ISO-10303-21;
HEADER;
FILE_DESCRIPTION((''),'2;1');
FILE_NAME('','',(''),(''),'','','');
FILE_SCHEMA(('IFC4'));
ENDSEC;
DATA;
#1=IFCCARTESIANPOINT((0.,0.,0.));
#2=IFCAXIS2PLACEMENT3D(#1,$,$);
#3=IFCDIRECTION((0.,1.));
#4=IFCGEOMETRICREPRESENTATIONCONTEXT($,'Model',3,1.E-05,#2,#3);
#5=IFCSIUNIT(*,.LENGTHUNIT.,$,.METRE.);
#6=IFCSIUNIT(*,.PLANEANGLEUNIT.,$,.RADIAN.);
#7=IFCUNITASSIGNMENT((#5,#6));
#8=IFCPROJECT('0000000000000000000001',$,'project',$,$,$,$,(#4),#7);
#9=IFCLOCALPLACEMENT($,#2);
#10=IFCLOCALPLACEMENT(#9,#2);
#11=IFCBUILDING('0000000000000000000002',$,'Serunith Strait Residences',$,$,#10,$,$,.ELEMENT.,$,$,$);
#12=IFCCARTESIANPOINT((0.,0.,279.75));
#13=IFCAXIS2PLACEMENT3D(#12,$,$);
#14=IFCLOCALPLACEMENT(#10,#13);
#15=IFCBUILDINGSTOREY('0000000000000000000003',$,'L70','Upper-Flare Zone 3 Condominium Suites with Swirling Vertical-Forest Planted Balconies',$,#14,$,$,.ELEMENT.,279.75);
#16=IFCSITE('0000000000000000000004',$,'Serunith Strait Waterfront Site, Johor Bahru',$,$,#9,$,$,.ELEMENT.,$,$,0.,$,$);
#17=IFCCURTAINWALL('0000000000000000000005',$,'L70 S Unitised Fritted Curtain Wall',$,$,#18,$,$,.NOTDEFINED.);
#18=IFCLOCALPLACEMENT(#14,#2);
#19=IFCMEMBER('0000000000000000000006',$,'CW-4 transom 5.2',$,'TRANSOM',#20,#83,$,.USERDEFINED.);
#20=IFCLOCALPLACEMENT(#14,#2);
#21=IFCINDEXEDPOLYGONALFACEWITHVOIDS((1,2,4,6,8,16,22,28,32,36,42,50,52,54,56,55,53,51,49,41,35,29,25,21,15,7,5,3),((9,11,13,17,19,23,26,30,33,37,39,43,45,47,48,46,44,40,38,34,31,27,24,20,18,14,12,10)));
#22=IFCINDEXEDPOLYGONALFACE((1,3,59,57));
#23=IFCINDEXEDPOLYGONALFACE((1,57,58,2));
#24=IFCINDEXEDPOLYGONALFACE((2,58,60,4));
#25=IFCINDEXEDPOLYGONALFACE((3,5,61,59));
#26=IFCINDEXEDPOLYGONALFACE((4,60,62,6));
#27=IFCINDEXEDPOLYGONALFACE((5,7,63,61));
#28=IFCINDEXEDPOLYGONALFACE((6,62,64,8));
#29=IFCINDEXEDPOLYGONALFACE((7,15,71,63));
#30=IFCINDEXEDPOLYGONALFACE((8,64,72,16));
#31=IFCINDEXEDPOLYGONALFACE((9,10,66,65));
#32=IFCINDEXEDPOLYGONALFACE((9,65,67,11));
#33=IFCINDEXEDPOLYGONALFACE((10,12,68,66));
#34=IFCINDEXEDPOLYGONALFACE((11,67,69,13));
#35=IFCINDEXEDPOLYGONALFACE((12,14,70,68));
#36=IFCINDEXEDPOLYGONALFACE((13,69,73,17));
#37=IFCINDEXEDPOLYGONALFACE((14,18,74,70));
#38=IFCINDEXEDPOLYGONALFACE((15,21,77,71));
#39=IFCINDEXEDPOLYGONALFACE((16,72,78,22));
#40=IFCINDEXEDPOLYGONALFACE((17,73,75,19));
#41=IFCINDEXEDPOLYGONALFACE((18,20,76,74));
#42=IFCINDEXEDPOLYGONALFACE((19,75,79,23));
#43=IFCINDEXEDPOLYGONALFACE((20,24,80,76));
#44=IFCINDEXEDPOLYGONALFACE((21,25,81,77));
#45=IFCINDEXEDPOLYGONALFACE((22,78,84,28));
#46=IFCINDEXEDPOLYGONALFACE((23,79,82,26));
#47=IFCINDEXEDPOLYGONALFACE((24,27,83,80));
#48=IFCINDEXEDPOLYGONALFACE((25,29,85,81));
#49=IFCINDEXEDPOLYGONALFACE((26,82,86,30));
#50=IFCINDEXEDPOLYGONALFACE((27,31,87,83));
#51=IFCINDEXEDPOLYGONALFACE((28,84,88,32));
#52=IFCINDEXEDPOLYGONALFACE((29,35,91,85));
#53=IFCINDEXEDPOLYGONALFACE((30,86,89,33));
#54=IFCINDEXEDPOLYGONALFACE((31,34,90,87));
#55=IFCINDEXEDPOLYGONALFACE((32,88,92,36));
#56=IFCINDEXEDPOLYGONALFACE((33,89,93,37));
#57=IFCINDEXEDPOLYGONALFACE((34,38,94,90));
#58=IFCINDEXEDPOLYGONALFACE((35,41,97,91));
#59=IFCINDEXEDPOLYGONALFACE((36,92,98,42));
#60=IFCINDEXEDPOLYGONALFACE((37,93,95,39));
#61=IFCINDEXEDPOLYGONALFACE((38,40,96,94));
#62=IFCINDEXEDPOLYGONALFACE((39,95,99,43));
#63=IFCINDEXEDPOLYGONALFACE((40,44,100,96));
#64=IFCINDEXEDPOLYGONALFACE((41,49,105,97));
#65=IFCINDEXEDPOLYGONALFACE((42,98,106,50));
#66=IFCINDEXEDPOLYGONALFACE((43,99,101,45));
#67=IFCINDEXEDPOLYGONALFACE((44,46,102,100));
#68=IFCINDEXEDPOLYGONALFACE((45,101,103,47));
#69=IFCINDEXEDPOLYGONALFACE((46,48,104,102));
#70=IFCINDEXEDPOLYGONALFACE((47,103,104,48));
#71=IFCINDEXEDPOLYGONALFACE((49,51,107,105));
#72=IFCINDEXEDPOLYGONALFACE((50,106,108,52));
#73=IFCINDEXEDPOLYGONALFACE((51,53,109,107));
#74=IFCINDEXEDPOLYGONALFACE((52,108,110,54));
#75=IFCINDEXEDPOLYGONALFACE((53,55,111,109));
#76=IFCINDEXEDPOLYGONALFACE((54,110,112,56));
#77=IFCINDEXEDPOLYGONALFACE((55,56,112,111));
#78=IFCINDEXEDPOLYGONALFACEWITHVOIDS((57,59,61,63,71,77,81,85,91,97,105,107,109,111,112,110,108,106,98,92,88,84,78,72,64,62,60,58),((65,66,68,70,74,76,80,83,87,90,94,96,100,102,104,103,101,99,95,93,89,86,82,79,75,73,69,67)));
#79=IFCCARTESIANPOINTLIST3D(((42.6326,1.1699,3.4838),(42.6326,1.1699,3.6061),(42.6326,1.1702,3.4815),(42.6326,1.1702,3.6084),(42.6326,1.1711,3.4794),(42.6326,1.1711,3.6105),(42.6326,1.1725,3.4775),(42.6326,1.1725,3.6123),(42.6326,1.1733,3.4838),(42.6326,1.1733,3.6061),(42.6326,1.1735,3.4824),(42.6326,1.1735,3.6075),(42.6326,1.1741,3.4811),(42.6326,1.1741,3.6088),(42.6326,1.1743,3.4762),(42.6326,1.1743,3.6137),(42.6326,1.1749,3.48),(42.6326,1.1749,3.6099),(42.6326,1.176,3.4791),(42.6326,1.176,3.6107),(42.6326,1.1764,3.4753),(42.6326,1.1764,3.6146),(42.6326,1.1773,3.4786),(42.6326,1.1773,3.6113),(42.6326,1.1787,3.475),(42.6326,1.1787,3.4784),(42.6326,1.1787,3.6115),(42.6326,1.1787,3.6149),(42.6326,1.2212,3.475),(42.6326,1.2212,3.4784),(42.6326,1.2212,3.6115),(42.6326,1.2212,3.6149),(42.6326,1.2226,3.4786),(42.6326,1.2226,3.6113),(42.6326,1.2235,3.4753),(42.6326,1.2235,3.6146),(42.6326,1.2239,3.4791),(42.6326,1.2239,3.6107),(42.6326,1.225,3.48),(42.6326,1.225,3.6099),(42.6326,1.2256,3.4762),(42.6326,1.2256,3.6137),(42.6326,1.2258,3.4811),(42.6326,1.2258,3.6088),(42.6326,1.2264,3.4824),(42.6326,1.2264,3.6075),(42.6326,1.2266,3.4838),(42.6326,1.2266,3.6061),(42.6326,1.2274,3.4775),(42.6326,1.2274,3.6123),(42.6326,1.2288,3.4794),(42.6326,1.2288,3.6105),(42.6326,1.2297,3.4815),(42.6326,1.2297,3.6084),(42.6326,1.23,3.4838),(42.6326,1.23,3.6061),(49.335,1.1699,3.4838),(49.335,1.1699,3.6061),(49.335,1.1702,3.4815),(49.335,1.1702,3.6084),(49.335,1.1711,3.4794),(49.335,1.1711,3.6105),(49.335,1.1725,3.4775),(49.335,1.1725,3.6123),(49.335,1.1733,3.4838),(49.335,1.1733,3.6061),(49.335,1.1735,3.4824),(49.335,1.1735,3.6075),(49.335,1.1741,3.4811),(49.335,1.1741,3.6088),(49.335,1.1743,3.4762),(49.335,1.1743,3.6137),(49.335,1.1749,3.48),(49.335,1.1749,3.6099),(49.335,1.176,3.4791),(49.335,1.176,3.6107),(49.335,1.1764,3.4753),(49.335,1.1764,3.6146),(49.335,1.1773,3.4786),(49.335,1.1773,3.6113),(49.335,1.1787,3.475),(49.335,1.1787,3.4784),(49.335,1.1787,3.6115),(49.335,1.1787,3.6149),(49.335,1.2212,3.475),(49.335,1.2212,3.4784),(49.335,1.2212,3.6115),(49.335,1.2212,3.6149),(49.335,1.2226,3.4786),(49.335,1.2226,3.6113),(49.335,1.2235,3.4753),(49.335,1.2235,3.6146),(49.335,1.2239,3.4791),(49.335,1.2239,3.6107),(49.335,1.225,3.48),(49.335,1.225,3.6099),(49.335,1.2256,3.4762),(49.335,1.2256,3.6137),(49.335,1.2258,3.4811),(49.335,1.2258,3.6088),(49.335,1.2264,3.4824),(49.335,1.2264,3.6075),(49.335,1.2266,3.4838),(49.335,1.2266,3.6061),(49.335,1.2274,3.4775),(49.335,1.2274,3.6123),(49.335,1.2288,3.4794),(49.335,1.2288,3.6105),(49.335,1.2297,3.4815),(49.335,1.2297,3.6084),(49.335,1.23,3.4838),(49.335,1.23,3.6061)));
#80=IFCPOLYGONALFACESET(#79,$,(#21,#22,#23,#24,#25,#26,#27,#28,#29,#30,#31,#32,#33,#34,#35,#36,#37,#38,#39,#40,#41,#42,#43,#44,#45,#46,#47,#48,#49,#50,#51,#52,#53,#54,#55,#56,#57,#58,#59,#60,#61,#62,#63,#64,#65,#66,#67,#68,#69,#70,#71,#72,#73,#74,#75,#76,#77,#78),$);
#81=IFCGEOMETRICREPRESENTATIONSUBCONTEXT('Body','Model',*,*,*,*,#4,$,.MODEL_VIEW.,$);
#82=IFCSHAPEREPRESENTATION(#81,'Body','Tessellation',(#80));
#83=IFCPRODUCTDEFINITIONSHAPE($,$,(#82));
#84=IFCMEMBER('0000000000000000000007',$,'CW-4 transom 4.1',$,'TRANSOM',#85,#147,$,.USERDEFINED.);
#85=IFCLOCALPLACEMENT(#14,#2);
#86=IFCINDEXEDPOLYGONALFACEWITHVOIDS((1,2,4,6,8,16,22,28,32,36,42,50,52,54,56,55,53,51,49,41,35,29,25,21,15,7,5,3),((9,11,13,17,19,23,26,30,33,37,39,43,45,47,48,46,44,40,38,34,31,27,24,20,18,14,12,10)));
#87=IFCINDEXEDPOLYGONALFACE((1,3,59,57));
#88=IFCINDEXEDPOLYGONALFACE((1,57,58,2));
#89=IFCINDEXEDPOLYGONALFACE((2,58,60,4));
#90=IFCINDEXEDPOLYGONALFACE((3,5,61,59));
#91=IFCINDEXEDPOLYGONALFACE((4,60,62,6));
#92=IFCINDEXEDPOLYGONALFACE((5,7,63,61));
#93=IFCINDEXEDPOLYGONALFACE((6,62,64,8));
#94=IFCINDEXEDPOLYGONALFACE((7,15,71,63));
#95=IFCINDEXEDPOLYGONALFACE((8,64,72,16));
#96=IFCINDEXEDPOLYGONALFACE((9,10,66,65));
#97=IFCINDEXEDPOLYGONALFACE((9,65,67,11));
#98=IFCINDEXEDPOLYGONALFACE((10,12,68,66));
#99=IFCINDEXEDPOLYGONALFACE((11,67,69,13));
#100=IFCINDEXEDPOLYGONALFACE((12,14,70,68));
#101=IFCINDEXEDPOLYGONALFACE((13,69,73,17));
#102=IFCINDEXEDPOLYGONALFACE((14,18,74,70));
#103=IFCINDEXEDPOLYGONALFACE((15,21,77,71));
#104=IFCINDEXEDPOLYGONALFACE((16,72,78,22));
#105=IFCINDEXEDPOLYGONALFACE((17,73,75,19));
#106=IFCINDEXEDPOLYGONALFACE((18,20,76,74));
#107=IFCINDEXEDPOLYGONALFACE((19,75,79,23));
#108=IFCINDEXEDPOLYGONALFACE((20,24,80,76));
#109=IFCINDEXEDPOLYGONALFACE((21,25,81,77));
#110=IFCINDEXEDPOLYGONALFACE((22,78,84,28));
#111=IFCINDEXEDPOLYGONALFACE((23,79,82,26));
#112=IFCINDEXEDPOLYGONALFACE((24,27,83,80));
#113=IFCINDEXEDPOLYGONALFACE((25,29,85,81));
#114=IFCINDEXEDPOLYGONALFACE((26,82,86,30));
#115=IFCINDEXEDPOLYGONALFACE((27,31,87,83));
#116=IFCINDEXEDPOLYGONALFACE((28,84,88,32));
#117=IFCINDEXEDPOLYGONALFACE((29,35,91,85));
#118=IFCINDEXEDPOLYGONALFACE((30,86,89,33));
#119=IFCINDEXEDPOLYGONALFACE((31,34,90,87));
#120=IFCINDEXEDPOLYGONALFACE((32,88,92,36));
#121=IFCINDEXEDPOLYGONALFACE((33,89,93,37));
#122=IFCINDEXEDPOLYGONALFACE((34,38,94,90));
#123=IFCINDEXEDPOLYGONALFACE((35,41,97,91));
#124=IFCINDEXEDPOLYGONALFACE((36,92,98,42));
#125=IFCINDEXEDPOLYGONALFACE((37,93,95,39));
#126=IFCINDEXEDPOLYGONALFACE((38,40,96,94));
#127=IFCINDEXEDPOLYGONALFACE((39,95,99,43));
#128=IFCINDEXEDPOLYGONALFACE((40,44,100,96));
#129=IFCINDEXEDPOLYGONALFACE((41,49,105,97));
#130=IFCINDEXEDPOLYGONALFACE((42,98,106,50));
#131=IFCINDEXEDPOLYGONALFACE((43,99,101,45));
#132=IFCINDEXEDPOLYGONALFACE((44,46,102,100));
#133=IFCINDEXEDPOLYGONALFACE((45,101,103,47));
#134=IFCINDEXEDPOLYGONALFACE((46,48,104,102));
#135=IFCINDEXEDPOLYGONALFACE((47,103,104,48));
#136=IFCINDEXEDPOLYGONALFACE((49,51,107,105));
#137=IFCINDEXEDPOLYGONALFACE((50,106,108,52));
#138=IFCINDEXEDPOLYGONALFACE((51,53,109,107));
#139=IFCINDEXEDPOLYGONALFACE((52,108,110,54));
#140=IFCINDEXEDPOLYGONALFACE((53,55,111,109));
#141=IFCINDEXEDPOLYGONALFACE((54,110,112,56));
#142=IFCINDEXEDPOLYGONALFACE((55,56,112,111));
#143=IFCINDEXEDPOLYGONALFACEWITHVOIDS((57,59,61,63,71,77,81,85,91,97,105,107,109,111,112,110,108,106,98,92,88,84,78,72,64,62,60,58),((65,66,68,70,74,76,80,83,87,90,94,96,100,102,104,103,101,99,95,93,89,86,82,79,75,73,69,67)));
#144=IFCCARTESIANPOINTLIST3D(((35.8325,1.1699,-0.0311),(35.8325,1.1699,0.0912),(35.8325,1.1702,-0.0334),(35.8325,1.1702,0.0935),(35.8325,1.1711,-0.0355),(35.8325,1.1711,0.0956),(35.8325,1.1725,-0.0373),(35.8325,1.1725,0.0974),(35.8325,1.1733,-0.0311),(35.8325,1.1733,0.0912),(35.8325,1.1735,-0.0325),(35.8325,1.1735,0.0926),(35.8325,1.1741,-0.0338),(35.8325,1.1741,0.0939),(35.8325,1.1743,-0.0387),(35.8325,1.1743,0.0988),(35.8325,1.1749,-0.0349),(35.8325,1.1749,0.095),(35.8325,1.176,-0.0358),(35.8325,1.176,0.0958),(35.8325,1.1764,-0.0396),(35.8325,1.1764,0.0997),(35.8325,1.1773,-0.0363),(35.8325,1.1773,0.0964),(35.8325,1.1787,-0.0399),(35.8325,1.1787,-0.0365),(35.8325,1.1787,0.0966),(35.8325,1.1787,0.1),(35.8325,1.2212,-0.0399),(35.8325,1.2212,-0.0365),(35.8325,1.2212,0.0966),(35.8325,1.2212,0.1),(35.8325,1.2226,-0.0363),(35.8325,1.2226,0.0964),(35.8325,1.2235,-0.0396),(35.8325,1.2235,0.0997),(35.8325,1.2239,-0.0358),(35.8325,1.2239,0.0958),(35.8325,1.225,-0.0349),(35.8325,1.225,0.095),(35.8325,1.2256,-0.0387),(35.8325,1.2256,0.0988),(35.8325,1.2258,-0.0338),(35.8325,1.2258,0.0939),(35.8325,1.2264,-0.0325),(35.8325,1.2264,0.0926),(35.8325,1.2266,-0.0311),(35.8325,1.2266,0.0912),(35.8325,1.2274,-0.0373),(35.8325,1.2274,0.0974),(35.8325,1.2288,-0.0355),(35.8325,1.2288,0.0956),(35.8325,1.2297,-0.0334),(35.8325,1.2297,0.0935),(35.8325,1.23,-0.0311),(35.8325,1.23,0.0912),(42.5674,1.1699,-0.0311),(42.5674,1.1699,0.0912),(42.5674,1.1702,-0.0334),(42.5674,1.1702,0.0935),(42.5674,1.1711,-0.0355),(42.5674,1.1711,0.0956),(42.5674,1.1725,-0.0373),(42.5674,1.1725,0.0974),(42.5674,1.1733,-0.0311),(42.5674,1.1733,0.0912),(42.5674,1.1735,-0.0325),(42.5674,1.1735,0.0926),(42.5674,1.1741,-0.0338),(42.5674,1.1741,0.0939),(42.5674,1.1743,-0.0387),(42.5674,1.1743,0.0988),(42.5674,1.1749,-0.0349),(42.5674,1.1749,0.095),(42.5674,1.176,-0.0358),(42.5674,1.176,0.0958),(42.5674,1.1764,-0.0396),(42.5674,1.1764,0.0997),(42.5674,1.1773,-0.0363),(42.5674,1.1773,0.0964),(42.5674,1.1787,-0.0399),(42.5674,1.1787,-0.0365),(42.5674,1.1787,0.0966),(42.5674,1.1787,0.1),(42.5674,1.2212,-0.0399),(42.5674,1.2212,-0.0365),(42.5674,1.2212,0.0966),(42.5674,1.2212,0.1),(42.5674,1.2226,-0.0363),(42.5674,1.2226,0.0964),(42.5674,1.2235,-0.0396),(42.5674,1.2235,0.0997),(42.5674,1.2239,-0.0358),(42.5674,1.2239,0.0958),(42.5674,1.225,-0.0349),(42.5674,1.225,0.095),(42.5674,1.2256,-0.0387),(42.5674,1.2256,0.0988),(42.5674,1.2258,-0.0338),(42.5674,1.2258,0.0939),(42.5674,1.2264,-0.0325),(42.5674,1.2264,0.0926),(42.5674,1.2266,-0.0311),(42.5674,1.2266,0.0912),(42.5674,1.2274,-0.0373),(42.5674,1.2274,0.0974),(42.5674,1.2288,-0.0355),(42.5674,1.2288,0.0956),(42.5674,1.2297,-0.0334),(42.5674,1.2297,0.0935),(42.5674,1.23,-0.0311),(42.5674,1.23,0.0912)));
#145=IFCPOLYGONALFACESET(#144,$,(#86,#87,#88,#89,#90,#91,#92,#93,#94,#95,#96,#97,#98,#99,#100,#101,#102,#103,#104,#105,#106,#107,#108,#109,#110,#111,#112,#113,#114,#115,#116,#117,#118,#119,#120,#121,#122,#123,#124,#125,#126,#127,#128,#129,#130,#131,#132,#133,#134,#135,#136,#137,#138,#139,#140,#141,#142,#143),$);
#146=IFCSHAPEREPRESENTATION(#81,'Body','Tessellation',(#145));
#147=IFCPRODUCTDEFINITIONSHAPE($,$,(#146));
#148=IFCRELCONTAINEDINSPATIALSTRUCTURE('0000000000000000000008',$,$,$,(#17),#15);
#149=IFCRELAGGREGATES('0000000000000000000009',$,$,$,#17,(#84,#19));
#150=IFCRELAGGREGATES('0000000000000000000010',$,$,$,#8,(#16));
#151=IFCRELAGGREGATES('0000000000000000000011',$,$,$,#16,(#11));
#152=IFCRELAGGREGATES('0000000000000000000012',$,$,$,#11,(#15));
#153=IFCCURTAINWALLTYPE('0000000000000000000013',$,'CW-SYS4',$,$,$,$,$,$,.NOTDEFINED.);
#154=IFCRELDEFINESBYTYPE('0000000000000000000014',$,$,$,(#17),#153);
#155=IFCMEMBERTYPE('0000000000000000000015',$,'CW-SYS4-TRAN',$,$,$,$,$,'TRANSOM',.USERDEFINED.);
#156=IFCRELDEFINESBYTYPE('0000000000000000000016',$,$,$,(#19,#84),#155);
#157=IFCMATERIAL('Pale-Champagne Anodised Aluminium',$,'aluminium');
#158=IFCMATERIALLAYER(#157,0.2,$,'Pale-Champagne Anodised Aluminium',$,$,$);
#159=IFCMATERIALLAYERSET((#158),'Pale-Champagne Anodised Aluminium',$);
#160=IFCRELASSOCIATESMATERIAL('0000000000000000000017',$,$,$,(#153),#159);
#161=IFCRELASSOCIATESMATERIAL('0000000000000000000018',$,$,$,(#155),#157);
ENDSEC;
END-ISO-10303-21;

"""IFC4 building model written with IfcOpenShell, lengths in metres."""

from ifc_helpers import new_model, si_unit, direction, frame, origin, origin_2d, place, context, subcontext, project, spatial, hollow_rectangle, extrude, source, transform, mapped, material, layer, layer_set, material_profile, profile_set, type_object, element, aggregate, save


model = new_model("IFC4")

# Units and contexts
model_context = context("Model", 3, precision=1e-05, world=origin(), true_north=direction((0.0, 1.0)))
body_context = subcontext(model_context, "Body", "Model", "MODEL_VIEW")
ifc_project = project(units=[si_unit("LENGTHUNIT", "METRE"), si_unit("PLANEANGLEUNIT", "RADIAN")], contexts=[model_context])

# Site, building, storey
site_placement = place(None, origin())
site = spatial("IfcSite", under=ifc_project, at=site_placement, Name="Serunith Strait Waterfront Site, Johor Bahru", CompositionType="ELEMENT", RefElevation=0.0)
building_placement = place(site_placement, origin())
building = spatial("IfcBuilding", under=site, at=building_placement, Name="Serunith Strait Residences", CompositionType="ELEMENT")
storey_placement = place(building_placement, frame((0.0, 0.0, 279.75)))
storey = spatial("IfcBuildingStorey", under=building, at=storey_placement, Name="L70", Description="Upper-Flare Zone 3 Condominium Suites with Swirling Vertical-Forest Planted Balconies", CompositionType="ELEMENT", Elevation=279.75)

# Curtain wall, members
ifc_material_1 = material(Name="Pale-Champagne Anodised Aluminium", Category="aluminium")
ifc_layer_1 = layer(ifc_material_1, 0.2, Name="Pale-Champagne Anodised Aluminium")
ifc_layer_set_1 = layer_set([ifc_layer_1], Name="Pale-Champagne Anodised Aluminium")
curtain_wall_type = type_object("IfcCurtainWallType", Name="CW-SYS4", PredefinedType="NOTDEFINED", material=ifc_layer_set_1)
curtain_wall_placement = place(storey_placement, origin())
curtain_wall = element("IfcCurtainWall", 1, at=curtain_wall_placement, inside=storey, type_object=curtain_wall_type, Name="L70 S Unitised Fritted Curtain Wall", PredefinedType="NOTDEFINED")
ifc_material_profile_1 = material_profile(ifc_material_1, hollow_rectangle(XDim=0.0601, YDim=0.1399, WallThickness=0.0034, InnerFilletRadius=0.0054, OuterFilletRadius=0.0088, at=origin_2d()), Name="ALU 140x60x3.5")
ifc_profile_set_1 = profile_set([ifc_material_profile_1], Name="Pale-Champagne Anodised Aluminium")
member_type_1 = type_object("IfcMemberType", Name="CW-SYS4-TRAN", ElementType="TRANSOM", PredefinedType="USERDEFINED", material=ifc_profile_set_1)
shared_shape_1 = source(origin(), body_context, "Body", "SweptSolid", [
    extrude(hollow_rectangle(XDim=0.0601, YDim=0.1399, WallThickness=0.0034, InnerFilletRadius=0.0054, OuterFilletRadius=0.0088, at=origin_2d()), origin(), (0.0, 0.0, 1.0), 6.7024),
])
member_1_placement = place(storey_placement, frame((42.6326, 1.2, 3.5449), z_axis=(1.0, 0.0, 0.0), x_axis=(0.0, 1.0, 0.0)))
member_1 = element("IfcMember", 2, at=member_1_placement, type_object=member_type_1, Name="CW-4 transom 5.2", ObjectType="TRANSOM", PredefinedType="USERDEFINED", context=body_context, shape_type="MappedRepresentation", body=[
    mapped(shared_shape_1, transform((0.0, 0.0, 0.0), scale=1.0)),
])
shared_shape_2 = source(origin(), body_context, "Body", "SweptSolid", [
    extrude(hollow_rectangle(XDim=0.0601, YDim=0.1399, WallThickness=0.0034, InnerFilletRadius=0.0054, OuterFilletRadius=0.0088, at=origin_2d()), origin(), (0.0, 0.0, 1.0), 6.7349),
])
member_2_placement = place(storey_placement, frame((35.8325, 1.2, 0.03), z_axis=(1.0, 0.0, 0.0), x_axis=(0.0, 1.0, 0.0)))
member_2 = element("IfcMember", 3, at=member_2_placement, type_object=member_type_1, Name="CW-4 transom 4.1", ObjectType="TRANSOM", PredefinedType="USERDEFINED", context=body_context, shape_type="MappedRepresentation", body=[
    mapped(shared_shape_2, transform((0.0, 0.0, 0.0), scale=1.0)),
])
aggregate(curtain_wall, [member_2, member_1])

save(model, "model.ifc")
